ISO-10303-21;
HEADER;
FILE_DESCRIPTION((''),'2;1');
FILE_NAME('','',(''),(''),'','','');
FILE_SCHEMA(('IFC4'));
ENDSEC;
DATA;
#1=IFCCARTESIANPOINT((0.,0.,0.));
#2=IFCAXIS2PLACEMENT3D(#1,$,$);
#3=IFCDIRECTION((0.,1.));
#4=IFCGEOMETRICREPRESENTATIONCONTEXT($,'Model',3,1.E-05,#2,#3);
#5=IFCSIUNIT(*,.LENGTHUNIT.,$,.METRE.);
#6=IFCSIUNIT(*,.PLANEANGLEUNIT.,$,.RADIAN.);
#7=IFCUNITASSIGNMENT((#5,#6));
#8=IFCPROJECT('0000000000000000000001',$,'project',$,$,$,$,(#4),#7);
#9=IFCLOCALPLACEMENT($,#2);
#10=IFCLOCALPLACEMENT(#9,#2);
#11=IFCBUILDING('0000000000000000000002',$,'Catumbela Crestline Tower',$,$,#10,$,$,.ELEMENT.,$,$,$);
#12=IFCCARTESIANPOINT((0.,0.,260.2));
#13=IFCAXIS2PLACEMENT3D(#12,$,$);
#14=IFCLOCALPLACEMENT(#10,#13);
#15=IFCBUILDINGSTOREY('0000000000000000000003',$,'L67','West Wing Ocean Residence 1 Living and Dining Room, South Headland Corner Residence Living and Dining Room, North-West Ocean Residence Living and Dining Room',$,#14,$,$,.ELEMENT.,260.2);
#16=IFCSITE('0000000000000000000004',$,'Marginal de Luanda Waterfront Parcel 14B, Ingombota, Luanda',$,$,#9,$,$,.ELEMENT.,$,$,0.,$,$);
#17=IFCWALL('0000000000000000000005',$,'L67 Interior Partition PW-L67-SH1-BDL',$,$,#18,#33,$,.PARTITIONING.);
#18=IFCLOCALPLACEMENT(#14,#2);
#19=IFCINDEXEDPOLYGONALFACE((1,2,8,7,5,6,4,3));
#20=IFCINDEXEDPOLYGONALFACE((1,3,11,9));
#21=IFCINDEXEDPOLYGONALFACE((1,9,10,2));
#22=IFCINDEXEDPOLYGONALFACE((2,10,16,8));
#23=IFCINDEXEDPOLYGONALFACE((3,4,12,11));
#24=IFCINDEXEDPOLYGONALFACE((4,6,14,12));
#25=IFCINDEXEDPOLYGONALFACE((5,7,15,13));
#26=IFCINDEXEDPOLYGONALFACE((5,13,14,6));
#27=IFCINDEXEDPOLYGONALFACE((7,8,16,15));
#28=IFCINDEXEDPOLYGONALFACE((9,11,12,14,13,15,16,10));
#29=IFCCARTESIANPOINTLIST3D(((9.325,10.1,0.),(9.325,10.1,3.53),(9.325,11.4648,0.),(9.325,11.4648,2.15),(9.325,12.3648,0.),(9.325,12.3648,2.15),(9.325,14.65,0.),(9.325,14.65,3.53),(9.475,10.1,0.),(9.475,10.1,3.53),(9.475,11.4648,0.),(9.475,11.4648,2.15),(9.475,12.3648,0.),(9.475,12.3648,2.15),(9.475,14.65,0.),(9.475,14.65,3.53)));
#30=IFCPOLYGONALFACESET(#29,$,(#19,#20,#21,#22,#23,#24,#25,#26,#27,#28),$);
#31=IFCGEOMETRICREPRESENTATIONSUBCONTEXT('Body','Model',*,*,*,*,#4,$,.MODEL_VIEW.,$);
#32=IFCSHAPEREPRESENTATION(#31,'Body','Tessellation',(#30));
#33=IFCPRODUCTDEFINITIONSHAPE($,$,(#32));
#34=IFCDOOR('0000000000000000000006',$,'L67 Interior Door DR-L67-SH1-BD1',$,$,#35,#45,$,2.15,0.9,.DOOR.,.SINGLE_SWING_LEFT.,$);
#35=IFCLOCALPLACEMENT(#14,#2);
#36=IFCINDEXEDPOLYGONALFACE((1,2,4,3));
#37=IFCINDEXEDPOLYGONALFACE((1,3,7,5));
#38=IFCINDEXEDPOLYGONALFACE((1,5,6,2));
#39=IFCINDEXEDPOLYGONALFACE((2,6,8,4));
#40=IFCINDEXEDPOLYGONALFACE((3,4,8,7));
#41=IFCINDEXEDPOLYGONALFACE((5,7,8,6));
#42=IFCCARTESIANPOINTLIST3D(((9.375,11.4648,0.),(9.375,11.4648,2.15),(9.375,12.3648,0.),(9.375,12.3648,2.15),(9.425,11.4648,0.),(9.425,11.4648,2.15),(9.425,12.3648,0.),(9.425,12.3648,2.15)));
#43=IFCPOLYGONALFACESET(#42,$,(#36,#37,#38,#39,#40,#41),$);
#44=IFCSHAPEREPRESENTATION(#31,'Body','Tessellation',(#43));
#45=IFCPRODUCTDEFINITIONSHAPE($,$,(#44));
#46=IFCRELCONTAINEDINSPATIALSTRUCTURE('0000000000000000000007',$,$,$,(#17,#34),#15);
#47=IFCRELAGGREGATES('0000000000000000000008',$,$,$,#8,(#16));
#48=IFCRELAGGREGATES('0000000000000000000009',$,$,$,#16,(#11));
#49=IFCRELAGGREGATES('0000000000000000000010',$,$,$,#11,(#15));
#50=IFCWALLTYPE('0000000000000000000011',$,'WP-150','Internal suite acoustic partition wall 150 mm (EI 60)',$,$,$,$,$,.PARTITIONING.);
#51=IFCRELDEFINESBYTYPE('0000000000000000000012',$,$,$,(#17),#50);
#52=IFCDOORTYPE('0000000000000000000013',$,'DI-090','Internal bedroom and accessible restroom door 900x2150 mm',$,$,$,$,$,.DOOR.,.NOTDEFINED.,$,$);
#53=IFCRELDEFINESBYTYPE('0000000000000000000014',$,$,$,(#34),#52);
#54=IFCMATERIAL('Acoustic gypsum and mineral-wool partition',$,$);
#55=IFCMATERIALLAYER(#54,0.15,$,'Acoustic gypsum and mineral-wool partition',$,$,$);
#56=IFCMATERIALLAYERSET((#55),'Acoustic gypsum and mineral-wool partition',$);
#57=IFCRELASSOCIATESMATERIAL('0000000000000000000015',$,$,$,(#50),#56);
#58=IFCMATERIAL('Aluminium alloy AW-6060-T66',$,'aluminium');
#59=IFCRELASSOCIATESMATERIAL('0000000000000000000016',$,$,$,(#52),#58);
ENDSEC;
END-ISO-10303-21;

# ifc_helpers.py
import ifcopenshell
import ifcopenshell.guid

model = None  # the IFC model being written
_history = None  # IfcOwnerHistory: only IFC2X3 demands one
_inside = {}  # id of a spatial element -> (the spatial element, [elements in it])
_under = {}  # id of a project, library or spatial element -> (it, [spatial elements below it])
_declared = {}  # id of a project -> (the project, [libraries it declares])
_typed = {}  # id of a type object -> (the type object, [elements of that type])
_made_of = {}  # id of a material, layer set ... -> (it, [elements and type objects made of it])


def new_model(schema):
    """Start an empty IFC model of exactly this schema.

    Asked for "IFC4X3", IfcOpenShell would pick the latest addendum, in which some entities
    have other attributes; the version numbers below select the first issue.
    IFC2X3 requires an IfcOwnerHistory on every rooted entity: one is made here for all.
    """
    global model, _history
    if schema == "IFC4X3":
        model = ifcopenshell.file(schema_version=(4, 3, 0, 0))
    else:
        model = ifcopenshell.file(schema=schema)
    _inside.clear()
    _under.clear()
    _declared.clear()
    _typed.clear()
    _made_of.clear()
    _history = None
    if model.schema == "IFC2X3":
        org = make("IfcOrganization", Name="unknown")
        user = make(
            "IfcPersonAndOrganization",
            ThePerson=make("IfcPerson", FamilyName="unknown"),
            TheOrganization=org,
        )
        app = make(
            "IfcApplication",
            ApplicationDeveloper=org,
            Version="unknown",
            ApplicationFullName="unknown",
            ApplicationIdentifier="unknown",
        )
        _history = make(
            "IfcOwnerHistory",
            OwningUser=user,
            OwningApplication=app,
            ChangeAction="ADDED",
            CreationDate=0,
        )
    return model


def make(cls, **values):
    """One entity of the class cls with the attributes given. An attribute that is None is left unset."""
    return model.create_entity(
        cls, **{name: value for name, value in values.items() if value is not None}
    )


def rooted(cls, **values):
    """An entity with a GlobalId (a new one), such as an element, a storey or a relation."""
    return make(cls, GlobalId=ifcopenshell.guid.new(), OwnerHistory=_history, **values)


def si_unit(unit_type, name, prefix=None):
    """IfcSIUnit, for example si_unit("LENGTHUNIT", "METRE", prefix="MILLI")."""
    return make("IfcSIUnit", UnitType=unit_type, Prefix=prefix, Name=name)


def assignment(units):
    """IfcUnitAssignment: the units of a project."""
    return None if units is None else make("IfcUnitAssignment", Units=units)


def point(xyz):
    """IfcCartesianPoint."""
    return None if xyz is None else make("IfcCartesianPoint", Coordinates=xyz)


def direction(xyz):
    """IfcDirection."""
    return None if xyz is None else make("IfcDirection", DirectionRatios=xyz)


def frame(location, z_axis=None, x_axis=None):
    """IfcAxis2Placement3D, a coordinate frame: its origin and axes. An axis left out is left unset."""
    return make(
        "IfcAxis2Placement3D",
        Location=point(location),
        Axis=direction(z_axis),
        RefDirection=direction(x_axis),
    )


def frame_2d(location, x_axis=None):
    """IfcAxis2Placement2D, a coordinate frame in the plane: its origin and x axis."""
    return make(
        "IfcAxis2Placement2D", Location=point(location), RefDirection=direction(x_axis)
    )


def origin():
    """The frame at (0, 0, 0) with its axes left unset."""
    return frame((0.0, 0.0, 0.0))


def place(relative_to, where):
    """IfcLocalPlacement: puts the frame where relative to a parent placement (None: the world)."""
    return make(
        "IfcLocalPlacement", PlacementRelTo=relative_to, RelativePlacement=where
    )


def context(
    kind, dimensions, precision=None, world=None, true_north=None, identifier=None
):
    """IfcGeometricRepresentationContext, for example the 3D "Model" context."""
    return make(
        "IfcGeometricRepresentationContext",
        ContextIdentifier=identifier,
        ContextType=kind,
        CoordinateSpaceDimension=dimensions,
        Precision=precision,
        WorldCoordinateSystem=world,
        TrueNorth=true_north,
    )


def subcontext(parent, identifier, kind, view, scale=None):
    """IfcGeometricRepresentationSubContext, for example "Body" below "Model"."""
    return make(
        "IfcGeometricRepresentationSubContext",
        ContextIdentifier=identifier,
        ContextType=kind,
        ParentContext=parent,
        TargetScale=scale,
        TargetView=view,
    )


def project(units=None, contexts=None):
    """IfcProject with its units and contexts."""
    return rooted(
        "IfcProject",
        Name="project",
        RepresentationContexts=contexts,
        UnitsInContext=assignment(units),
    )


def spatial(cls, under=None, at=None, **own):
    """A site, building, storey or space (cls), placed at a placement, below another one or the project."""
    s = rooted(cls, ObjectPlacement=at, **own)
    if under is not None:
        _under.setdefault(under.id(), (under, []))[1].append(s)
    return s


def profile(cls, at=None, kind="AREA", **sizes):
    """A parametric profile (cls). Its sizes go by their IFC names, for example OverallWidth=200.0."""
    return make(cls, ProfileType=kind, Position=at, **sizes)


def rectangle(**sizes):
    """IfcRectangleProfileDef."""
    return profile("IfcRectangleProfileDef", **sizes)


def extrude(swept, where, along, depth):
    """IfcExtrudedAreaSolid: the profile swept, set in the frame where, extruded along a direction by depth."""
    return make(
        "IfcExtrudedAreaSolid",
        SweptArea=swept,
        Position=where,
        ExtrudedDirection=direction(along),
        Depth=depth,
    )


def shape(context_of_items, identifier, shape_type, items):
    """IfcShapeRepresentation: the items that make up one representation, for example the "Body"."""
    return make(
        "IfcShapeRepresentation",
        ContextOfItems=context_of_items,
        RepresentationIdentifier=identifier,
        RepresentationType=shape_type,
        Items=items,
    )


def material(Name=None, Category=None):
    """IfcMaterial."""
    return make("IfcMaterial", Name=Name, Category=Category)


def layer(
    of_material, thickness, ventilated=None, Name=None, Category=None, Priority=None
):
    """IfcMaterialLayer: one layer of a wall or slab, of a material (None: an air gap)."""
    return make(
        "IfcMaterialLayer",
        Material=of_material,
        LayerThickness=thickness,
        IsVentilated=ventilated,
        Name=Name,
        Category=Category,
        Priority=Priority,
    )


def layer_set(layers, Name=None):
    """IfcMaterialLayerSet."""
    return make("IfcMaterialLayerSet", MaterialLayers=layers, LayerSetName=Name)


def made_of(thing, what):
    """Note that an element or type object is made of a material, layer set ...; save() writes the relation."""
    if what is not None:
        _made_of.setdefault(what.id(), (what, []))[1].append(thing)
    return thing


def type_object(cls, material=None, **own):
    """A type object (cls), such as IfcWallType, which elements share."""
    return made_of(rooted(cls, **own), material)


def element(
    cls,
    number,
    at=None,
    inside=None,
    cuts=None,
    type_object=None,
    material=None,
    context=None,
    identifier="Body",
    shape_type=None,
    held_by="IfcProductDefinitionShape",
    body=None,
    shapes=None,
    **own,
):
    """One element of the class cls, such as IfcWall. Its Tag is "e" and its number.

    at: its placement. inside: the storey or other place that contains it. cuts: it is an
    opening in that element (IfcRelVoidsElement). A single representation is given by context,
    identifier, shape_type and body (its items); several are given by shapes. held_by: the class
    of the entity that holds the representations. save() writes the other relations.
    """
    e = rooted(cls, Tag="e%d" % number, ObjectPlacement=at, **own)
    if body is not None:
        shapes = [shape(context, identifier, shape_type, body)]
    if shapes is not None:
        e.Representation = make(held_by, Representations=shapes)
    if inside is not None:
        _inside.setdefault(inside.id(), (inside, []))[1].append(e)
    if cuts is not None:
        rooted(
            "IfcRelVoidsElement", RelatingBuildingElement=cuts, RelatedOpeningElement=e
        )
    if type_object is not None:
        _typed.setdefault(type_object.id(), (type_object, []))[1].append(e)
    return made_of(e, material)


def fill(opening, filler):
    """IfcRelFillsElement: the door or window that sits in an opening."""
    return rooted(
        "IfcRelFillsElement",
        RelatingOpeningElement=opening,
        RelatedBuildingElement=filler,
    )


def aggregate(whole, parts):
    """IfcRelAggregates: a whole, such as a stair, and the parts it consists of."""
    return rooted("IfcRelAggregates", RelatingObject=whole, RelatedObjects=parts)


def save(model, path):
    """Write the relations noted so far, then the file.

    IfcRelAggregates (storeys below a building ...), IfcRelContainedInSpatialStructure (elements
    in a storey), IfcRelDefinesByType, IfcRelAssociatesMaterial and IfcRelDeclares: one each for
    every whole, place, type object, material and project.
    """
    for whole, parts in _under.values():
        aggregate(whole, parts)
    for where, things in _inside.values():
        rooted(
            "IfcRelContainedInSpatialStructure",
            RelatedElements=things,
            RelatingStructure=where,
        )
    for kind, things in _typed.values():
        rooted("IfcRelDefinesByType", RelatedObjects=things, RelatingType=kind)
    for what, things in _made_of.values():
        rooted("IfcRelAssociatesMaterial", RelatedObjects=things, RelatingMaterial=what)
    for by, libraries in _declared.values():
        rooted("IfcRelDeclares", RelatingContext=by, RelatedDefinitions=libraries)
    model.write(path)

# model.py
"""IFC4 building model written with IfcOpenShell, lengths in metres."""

from ifc_helpers import new_model, si_unit, direction, frame, frame_2d, origin, place, context, subcontext, project, spatial, rectangle, extrude, material, layer, layer_set, type_object, element, fill, save


model = new_model("IFC4")

# Units and contexts
model_context = context("Model", 3, precision=1e-05, world=origin(), true_north=direction((0.0, 1.0)))
body_context = subcontext(model_context, "Body", "Model", "MODEL_VIEW")
ifc_project = project(units=[si_unit("LENGTHUNIT", "METRE"), si_unit("PLANEANGLEUNIT", "RADIAN")], contexts=[model_context])

# Site, building, storey
site_placement = place(None, origin())
site = spatial("IfcSite", under=ifc_project, at=site_placement, Name="Marginal de Luanda Waterfront Parcel 14B, Ingombota, Luanda", CompositionType="ELEMENT", RefElevation=0.0)
building_placement = place(site_placement, origin())
building = spatial("IfcBuilding", under=site, at=building_placement, Name="Catumbela Crestline Tower", CompositionType="ELEMENT")
storey_placement = place(building_placement, frame((0.0, 0.0, 260.2)))
storey = spatial("IfcBuildingStorey", under=building, at=storey_placement, Name="L67", Description="West Wing Ocean Residence 1 Living and Dining Room, South Headland Corner Residence Living and Dining Room, North-West Ocean Residence Living and Dining Room", CompositionType="ELEMENT", Elevation=260.2)

# Shared definitions
ifc_material_1 = material(Name="Aluminium alloy AW-6060-T66", Category="aluminium")

# Shared definitions
ifc_material_2 = material(Name="Acoustic gypsum and mineral-wool partition")
ifc_layer_1 = layer(ifc_material_2, 0.15, Name="Acoustic gypsum and mineral-wool partition")
ifc_layer_set_1 = layer_set([ifc_layer_1], Name="Acoustic gypsum and mineral-wool partition")
wall_type = type_object("IfcWallType", Name="WP-150", Description="Internal suite acoustic partition wall 150 mm (EI 60)", PredefinedType="PARTITIONING", material=ifc_layer_set_1)

# Wall, opening, door
wall_1_placement = place(storey_placement, frame((9.4, 10.1, 0.0), z_axis=(0.0, 0.0, 1.0), x_axis=(0.0, 1.0, 0.0)))
wall_1 = element("IfcWall", 1, at=wall_1_placement, inside=storey, type_object=wall_type, Name="L67 Interior Partition PW-L67-SH1-BDL", PredefinedType="PARTITIONING", context=body_context, shape_type="SweptSolid", body=[
    extrude(rectangle(XDim=4.55, YDim=0.15, at=frame_2d((2.275, 0.0))), origin(), (0.0, 0.0, 1.0), 3.53),
])
opening_1_placement = place(wall_1_placement, frame((1.3648, 0.0, 0.0)))
opening_1 = element("IfcOpeningElement", 2, at=opening_1_placement, cuts=wall_1, PredefinedType="OPENING", context=body_context, shape_type="SweptSolid", body=[
    extrude(rectangle(XDim=0.9, YDim=2.15, at=frame_2d((0.45, 1.075))), frame((0.0, 0.085, 0.0), z_axis=(0.0, -1.0, 0.0), x_axis=(1.0, 0.0, 0.0)), (0.0, 0.0, 1.0), 0.17),
])
door_type_1 = type_object("IfcDoorType", Name="DI-090", Description="Internal bedroom and accessible restroom door 900x2150 mm", OperationType="NOTDEFINED", PredefinedType="DOOR", material=ifc_material_1)
door_1_placement = place(opening_1_placement, origin())
door_1 = element("IfcDoor", 3, at=door_1_placement, inside=storey, type_object=door_type_1, Name="L67 Interior Door DR-L67-SH1-BD1", OperationType="SINGLE_SWING_LEFT", OverallHeight=2.15, OverallWidth=0.9, PredefinedType="DOOR", context=body_context, shape_type="SweptSolid", body=[
    extrude(rectangle(XDim=0.9, YDim=2.15, at=frame_2d((0.45, 1.075))), frame((0.0, 0.025, 0.0), z_axis=(0.0, -1.0, 0.0), x_axis=(1.0, 0.0, 0.0)), (0.0, 0.0, 1.0), 0.05),
])
fill(opening_1, door_1)

save(model, "model.ifc")
